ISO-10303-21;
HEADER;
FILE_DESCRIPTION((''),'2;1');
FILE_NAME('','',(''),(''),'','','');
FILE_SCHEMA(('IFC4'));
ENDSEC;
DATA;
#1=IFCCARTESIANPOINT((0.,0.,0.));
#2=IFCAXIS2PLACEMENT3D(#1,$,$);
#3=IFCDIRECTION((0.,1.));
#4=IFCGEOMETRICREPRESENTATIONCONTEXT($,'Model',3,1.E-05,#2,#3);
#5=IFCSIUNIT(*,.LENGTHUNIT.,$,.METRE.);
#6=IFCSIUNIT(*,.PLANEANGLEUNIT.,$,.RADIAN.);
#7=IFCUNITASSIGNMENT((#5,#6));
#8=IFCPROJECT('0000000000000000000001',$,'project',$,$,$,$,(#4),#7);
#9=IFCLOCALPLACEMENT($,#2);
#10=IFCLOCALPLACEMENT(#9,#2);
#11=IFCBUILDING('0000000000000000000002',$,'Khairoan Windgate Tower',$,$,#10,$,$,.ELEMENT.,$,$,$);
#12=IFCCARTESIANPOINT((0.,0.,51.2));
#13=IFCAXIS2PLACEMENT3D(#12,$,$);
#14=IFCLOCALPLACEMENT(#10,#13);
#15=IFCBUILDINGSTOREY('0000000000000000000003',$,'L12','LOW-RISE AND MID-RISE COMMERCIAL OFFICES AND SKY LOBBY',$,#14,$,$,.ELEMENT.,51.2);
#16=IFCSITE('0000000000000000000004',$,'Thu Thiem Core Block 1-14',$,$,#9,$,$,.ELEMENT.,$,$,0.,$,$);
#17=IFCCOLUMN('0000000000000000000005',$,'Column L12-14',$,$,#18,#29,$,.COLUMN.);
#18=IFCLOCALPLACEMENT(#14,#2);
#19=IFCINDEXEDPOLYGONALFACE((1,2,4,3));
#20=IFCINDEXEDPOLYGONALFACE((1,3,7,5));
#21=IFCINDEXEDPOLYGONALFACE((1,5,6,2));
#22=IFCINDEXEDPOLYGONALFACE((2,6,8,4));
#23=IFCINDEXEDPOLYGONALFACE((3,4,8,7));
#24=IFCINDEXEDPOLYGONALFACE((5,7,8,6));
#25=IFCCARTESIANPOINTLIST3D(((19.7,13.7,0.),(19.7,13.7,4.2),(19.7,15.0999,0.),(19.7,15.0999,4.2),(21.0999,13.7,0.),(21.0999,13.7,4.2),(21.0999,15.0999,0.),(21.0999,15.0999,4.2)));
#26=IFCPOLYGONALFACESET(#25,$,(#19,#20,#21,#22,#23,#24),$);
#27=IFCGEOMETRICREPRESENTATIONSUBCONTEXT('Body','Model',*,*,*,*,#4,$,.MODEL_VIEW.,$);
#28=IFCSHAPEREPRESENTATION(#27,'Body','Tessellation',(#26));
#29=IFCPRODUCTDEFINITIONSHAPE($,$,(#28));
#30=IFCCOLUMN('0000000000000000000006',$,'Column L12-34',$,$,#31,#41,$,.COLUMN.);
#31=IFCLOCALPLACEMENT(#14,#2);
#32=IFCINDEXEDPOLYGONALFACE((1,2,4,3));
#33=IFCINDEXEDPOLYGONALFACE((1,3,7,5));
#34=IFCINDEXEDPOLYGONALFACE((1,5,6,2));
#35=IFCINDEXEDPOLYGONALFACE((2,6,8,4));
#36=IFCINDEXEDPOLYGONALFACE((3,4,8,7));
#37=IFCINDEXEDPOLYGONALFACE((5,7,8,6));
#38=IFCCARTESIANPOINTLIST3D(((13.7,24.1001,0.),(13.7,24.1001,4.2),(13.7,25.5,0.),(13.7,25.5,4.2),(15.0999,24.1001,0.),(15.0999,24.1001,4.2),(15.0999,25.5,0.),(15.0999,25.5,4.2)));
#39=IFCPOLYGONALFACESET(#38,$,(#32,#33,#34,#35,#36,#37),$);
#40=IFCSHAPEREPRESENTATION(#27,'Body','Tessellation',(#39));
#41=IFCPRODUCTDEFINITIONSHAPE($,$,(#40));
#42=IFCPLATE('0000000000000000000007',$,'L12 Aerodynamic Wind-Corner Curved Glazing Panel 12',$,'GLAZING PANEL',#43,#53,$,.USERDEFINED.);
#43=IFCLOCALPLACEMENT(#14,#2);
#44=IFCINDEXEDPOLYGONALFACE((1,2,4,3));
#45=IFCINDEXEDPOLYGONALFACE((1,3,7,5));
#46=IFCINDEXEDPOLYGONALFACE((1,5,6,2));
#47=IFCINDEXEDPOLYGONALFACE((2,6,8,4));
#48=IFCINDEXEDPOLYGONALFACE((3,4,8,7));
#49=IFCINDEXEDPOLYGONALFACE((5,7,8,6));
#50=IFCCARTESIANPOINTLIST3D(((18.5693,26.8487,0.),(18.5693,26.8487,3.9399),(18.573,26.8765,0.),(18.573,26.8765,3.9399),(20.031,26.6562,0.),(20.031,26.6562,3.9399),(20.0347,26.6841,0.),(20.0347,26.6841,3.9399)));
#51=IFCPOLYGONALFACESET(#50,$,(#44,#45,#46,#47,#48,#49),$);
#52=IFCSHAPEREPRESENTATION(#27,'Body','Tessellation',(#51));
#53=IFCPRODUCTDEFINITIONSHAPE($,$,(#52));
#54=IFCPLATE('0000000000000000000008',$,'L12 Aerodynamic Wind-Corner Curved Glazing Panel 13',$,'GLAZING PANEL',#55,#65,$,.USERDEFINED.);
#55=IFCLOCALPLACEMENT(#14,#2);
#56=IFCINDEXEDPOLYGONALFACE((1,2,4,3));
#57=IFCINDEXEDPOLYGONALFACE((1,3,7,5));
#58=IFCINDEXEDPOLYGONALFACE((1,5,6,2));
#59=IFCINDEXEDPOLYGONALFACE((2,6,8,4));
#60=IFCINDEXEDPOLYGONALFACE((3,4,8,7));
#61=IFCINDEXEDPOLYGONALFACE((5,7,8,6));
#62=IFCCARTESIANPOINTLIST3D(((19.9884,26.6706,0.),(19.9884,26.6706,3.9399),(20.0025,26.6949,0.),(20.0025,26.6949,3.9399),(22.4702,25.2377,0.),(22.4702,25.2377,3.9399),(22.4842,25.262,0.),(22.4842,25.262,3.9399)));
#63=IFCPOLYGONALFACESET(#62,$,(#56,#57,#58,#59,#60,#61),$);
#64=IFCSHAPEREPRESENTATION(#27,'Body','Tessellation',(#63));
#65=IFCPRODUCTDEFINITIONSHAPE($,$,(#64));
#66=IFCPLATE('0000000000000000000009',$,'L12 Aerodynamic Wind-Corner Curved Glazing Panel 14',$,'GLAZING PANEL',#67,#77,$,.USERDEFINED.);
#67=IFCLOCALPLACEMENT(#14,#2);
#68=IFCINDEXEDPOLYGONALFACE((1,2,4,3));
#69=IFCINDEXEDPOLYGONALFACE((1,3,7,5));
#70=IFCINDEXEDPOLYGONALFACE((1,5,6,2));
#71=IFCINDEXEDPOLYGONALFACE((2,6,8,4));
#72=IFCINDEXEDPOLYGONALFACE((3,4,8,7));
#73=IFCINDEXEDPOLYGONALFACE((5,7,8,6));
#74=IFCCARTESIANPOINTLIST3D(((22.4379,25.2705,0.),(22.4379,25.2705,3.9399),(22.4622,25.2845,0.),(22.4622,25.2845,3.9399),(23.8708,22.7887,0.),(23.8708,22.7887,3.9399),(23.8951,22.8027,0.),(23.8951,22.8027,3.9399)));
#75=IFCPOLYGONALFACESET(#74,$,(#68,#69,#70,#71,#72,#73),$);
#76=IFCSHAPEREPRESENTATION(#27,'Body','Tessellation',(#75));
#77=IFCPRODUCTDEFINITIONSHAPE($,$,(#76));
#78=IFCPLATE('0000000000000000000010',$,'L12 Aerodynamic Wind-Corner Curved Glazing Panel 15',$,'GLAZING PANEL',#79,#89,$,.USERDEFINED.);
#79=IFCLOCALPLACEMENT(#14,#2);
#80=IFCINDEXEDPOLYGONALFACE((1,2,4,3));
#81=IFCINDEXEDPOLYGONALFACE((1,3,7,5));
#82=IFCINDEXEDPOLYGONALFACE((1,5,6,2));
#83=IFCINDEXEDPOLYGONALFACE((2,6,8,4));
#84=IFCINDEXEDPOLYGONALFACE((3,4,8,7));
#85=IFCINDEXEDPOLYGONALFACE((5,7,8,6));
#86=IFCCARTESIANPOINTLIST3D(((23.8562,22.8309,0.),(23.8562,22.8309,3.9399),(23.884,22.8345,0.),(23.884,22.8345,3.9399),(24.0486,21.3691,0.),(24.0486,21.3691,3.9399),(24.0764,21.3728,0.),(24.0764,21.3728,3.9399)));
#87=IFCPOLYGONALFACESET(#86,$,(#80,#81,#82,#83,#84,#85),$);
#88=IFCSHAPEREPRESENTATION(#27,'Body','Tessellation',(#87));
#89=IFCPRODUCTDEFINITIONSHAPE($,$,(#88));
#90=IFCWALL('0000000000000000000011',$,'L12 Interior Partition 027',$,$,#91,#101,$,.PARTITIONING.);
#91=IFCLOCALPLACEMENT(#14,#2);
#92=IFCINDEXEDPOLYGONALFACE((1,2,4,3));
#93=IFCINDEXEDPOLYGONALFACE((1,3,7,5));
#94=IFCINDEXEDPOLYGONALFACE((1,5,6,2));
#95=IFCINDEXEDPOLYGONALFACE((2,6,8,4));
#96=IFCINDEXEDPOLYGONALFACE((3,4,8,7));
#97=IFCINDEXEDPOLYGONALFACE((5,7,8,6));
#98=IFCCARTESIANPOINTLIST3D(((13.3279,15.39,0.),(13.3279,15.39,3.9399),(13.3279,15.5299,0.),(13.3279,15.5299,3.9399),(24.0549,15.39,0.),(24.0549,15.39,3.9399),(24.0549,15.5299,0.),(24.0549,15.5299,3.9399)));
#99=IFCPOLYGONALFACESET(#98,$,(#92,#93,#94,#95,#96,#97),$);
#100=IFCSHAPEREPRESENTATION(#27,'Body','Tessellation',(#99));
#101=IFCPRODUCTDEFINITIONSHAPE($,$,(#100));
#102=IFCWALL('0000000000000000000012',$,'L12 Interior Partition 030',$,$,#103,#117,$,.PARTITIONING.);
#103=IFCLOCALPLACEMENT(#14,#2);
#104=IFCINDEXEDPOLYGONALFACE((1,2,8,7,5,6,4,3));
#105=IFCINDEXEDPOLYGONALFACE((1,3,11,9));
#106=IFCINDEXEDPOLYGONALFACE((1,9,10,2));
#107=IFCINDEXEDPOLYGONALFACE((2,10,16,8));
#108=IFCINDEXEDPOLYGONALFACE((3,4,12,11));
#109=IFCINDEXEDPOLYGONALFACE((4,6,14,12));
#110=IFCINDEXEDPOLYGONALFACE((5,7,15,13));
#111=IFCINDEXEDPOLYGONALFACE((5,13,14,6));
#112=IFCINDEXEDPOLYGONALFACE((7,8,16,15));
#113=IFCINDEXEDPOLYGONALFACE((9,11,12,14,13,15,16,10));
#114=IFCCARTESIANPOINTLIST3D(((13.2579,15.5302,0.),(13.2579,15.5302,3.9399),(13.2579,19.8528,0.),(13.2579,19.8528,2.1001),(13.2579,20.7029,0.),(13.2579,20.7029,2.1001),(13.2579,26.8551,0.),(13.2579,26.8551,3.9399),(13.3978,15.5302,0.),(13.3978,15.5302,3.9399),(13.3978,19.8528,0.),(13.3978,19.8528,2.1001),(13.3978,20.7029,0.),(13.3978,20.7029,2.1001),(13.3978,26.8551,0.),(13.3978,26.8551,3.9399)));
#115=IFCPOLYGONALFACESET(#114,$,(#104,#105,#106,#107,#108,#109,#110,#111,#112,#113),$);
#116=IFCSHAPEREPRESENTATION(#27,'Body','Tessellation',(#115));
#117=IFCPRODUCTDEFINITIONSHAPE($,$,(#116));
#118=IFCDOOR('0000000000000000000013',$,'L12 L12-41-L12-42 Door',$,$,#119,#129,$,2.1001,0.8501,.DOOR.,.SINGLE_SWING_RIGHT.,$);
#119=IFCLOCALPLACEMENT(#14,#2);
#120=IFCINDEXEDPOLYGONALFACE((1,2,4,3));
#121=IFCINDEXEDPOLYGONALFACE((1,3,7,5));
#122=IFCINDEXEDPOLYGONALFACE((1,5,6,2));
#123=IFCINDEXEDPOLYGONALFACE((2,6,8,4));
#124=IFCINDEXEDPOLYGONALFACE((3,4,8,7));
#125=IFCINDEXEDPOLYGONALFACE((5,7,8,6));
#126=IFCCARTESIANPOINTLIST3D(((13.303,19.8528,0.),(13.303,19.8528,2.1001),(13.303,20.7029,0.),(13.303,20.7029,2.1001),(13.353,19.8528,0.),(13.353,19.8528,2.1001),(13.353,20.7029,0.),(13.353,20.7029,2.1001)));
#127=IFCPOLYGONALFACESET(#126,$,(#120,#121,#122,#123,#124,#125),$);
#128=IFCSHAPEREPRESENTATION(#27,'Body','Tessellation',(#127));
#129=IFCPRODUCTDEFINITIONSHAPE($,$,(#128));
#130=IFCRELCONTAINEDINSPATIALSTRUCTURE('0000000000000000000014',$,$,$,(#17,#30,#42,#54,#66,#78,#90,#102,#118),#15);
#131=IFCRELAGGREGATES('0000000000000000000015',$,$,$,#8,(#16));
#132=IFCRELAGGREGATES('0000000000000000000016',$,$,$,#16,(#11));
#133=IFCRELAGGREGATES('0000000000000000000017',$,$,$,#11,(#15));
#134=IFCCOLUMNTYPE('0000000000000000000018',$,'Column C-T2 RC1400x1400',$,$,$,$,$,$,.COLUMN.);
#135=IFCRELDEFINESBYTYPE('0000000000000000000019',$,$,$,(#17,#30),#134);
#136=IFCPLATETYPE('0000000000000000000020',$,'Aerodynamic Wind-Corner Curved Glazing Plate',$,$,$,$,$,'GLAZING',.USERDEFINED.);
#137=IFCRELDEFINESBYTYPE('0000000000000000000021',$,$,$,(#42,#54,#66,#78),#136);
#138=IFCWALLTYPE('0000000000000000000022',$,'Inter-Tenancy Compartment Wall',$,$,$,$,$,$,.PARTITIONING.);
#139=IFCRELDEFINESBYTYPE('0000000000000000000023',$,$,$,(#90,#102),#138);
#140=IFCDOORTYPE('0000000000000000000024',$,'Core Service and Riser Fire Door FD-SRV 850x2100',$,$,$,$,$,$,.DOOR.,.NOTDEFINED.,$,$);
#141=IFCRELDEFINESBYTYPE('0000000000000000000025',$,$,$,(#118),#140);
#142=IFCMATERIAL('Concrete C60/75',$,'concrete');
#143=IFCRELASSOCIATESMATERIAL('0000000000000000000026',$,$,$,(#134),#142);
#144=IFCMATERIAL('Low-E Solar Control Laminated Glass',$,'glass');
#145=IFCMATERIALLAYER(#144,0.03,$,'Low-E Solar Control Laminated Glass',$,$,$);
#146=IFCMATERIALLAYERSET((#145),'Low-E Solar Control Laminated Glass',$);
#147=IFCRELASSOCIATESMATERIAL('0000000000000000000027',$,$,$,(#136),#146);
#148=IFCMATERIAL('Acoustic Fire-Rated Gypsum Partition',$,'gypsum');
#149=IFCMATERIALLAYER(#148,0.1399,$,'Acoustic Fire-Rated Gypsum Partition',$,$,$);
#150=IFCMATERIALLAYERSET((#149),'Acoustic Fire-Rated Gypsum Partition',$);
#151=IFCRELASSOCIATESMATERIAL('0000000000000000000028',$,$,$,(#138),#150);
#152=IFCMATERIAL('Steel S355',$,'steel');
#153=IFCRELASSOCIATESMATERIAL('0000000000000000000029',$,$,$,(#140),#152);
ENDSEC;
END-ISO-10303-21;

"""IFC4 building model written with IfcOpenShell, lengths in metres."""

from ifc_helpers import new_model, si_unit, direction, frame, frame_2d, origin, origin_2d, place, context, subcontext, project, spatial, rectangle, extrude, material, layer, layer_set, material_profile, profile_set, type_object, element, fill, save


model = new_model("IFC4")

# Units and contexts
model_context = context("Model", 3, precision=1e-05, world=origin(), true_north=direction((0.0, 1.0)))
body_context = subcontext(model_context, "Body", "Model", "MODEL_VIEW")
ifc_project = project(units=[si_unit("LENGTHUNIT", "METRE"), si_unit("PLANEANGLEUNIT", "RADIAN")], contexts=[model_context])

# Site, building, storey
site_placement = place(None, origin())
site = spatial("IfcSite", under=ifc_project, at=site_placement, Name="Thu Thiem Core Block 1-14", CompositionType="ELEMENT", RefElevation=0.0)
building_placement = place(site_placement, origin())
building = spatial("IfcBuilding", under=site, at=building_placement, Name="Khairoan Windgate Tower", CompositionType="ELEMENT")
storey_placement = place(building_placement, frame((0.0, 0.0, 51.2)))
storey = spatial("IfcBuildingStorey", under=building, at=storey_placement, Name="L12", Description="LOW-RISE AND MID-RISE COMMERCIAL OFFICES AND SKY LOBBY", CompositionType="ELEMENT", Elevation=51.2)

# Columns
ifc_material_1 = material(Name="Concrete C60/75", Category="concrete")
ifc_material_profile_1 = material_profile(ifc_material_1, rectangle(XDim=1.3999, YDim=1.3999, at=origin_2d()))
ifc_profile_set_1 = profile_set([ifc_material_profile_1], Name="Concrete C60/75")
column_type = type_object("IfcColumnType", Name="Column C-T2 RC1400x1400", PredefinedType="COLUMN", material=ifc_profile_set_1)
for number, where, z_axis, x_axis, name in (
    (1, (20.3999, 14.3999, 0.0), (0.0, 0.0, 1.0), (1.0, 0.0, 0.0), "Column L12-14"),
    (2, (14.3999, 24.8, 0.0), (0.0, 0.0, 1.0), (1.0, 0.0, 0.0), "Column L12-34"),
):
    element("IfcColumn", number, at=place(storey_placement, frame(where, z_axis=z_axis, x_axis=x_axis)), inside=storey, type_object=column_type, Name=name, PredefinedType="COLUMN", context=body_context, shape_type="SweptSolid", body=[
        extrude(rectangle(XDim=1.3999, YDim=1.3999, at=origin_2d()), origin(), (0.0, 0.0, 1.0), 4.2),
    ])

# Plates
ifc_material_2 = material(Name="Low-E Solar Control Laminated Glass", Category="glass")
ifc_layer_1 = layer(ifc_material_2, 0.03, Name="Low-E Solar Control Laminated Glass")
ifc_layer_set_1 = layer_set([ifc_layer_1], Name="Low-E Solar Control Laminated Glass")
plate_type_1 = type_object("IfcPlateType", Name="Aerodynamic Wind-Corner Curved Glazing Plate", ElementType="GLAZING", PredefinedType="USERDEFINED", material=ifc_layer_set_1)
plate_1_placement = place(storey_placement, frame((19.302, 26.7664, 0.0), z_axis=(0.0, 0.0, 1.0), x_axis=(0.991445, -0.130526, 0.0)))
element("IfcPlate", 3, at=plate_1_placement, inside=storey, type_object=plate_type_1, Name="L12 Aerodynamic Wind-Corner Curved Glazing Panel 12", ObjectType="GLAZING PANEL", PredefinedType="USERDEFINED", context=body_context, shape_type="SweptSolid", body=[
    extrude(rectangle(XDim=1.4744, YDim=0.0281, at=origin_2d()), origin(), (0.0, 0.0, 1.0), 3.9399),
])
for number, where, z_axis, x_axis, name in (
    (4, (21.2363, 25.9663, 0.0), (0.0, 0.0, 1.0), (0.866025, -0.5, 0.0), "L12 Aerodynamic Wind-Corner Curved Glazing Panel 13"),
    (5, (23.1665, 24.0366, 0.0), (0.0, 0.0, 1.0), (0.5, -0.866025, 0.0), "L12 Aerodynamic Wind-Corner Curved Glazing Panel 14"),
):
    element("IfcPlate", number, at=place(storey_placement, frame(where, z_axis=z_axis, x_axis=x_axis)), inside=storey, type_object=plate_type_1, Name=name, ObjectType="GLAZING PANEL", PredefinedType="USERDEFINED", context=body_context, shape_type="SweptSolid", body=[
        extrude(rectangle(XDim=2.8657, YDim=0.0281, at=origin_2d()), origin(), (0.0, 0.0, 1.0), 3.9399),
    ])
plate_2_placement = place(storey_placement, frame((23.9663, 22.1018, 0.0), z_axis=(0.0, 0.0, 1.0), x_axis=(0.130526, -0.991445, 0.0)))
element("IfcPlate", 6, at=plate_2_placement, inside=storey, type_object=plate_type_1, Name="L12 Aerodynamic Wind-Corner Curved Glazing Panel 15", ObjectType="GLAZING PANEL", PredefinedType="USERDEFINED", context=body_context, shape_type="SweptSolid", body=[
    extrude(rectangle(XDim=1.4744, YDim=0.0281, at=origin_2d()), origin(), (0.0, 0.0, 1.0), 3.9399),
])

# Wall
ifc_material_3 = material(Name="Acoustic Fire-Rated Gypsum Partition", Category="gypsum")
ifc_layer_2 = layer(ifc_material_3, 0.1399, Name="Acoustic Fire-Rated Gypsum Partition")
ifc_layer_set_2 = layer_set([ifc_layer_2], Name="Acoustic Fire-Rated Gypsum Partition")
wall_type = type_object("IfcWallType", Name="Inter-Tenancy Compartment Wall", PredefinedType="PARTITIONING", material=ifc_layer_set_2)
wall_1_placement = place(storey_placement, frame((13.3279, 15.46, 0.0), z_axis=(0.0, 0.0, 1.0), x_axis=(1.0, 0.0, 0.0)))
element("IfcWall", 7, at=wall_1_placement, inside=storey, type_object=wall_type, Name="L12 Interior Partition 027", PredefinedType="PARTITIONING", context=body_context, shape_type="SweptSolid", body=[
    extrude(rectangle(XDim=10.7271, YDim=0.1399, at=frame_2d((5.3635, 0.0))), origin(), (0.0, 0.0, 1.0), 3.9399),
])

# Wall, opening, door
wall_2_placement = place(storey_placement, frame((13.3279, 15.53, 0.0), z_axis=(0.0, 0.0, 1.0), x_axis=(0.0, 1.0, 0.0)))
wall_2 = element("IfcWall", 8, at=wall_2_placement, inside=storey, type_object=wall_type, Name="L12 Interior Partition 030", PredefinedType="PARTITIONING", context=body_context, shape_type="SweptSolid", body=[
    extrude(rectangle(XDim=11.325, YDim=0.1399, at=frame_2d((5.6626, 0.0))), origin(), (0.0, 0.0, 1.0), 3.9399),
])
opening_placement = place(wall_2_placement, frame((4.3228, 0.0, 0.0)))
opening = element("IfcOpeningElement", 9, at=opening_placement, cuts=wall_2, PredefinedType="OPENING", context=body_context, shape_type="SweptSolid", body=[
    extrude(rectangle(XDim=0.8501, YDim=2.1001, at=frame_2d((0.425, 1.05))), frame((0.0, 0.0798, 0.0), z_axis=(0.0, -1.0, 0.0), x_axis=(1.0, 0.0, 0.0)), (0.0, 0.0, 1.0), 0.1599),
])
ifc_material_4 = material(Name="Steel S355", Category="steel")
door_type = type_object("IfcDoorType", Name="Core Service and Riser Fire Door FD-SRV 850x2100", OperationType="NOTDEFINED", PredefinedType="DOOR", material=ifc_material_4)
door_placement = place(opening_placement, origin())
door = element("IfcDoor", 10, at=door_placement, inside=storey, type_object=door_type, Name="L12 L12-41-L12-42 Door", OperationType="SINGLE_SWING_RIGHT", OverallHeight=2.1001, OverallWidth=0.8501, PredefinedType="DOOR", context=body_context, shape_type="SweptSolid", body=[
    extrude(rectangle(XDim=0.8501, YDim=2.1001, at=frame_2d((0.425, 1.05))), frame((0.0, 0.0249, 0.0), z_axis=(0.0, -1.0, 0.0), x_axis=(1.0, 0.0, 0.0)), (0.0, 0.0, 1.0), 0.05),
])
fill(opening, door)

save(model, "model.ifc")
